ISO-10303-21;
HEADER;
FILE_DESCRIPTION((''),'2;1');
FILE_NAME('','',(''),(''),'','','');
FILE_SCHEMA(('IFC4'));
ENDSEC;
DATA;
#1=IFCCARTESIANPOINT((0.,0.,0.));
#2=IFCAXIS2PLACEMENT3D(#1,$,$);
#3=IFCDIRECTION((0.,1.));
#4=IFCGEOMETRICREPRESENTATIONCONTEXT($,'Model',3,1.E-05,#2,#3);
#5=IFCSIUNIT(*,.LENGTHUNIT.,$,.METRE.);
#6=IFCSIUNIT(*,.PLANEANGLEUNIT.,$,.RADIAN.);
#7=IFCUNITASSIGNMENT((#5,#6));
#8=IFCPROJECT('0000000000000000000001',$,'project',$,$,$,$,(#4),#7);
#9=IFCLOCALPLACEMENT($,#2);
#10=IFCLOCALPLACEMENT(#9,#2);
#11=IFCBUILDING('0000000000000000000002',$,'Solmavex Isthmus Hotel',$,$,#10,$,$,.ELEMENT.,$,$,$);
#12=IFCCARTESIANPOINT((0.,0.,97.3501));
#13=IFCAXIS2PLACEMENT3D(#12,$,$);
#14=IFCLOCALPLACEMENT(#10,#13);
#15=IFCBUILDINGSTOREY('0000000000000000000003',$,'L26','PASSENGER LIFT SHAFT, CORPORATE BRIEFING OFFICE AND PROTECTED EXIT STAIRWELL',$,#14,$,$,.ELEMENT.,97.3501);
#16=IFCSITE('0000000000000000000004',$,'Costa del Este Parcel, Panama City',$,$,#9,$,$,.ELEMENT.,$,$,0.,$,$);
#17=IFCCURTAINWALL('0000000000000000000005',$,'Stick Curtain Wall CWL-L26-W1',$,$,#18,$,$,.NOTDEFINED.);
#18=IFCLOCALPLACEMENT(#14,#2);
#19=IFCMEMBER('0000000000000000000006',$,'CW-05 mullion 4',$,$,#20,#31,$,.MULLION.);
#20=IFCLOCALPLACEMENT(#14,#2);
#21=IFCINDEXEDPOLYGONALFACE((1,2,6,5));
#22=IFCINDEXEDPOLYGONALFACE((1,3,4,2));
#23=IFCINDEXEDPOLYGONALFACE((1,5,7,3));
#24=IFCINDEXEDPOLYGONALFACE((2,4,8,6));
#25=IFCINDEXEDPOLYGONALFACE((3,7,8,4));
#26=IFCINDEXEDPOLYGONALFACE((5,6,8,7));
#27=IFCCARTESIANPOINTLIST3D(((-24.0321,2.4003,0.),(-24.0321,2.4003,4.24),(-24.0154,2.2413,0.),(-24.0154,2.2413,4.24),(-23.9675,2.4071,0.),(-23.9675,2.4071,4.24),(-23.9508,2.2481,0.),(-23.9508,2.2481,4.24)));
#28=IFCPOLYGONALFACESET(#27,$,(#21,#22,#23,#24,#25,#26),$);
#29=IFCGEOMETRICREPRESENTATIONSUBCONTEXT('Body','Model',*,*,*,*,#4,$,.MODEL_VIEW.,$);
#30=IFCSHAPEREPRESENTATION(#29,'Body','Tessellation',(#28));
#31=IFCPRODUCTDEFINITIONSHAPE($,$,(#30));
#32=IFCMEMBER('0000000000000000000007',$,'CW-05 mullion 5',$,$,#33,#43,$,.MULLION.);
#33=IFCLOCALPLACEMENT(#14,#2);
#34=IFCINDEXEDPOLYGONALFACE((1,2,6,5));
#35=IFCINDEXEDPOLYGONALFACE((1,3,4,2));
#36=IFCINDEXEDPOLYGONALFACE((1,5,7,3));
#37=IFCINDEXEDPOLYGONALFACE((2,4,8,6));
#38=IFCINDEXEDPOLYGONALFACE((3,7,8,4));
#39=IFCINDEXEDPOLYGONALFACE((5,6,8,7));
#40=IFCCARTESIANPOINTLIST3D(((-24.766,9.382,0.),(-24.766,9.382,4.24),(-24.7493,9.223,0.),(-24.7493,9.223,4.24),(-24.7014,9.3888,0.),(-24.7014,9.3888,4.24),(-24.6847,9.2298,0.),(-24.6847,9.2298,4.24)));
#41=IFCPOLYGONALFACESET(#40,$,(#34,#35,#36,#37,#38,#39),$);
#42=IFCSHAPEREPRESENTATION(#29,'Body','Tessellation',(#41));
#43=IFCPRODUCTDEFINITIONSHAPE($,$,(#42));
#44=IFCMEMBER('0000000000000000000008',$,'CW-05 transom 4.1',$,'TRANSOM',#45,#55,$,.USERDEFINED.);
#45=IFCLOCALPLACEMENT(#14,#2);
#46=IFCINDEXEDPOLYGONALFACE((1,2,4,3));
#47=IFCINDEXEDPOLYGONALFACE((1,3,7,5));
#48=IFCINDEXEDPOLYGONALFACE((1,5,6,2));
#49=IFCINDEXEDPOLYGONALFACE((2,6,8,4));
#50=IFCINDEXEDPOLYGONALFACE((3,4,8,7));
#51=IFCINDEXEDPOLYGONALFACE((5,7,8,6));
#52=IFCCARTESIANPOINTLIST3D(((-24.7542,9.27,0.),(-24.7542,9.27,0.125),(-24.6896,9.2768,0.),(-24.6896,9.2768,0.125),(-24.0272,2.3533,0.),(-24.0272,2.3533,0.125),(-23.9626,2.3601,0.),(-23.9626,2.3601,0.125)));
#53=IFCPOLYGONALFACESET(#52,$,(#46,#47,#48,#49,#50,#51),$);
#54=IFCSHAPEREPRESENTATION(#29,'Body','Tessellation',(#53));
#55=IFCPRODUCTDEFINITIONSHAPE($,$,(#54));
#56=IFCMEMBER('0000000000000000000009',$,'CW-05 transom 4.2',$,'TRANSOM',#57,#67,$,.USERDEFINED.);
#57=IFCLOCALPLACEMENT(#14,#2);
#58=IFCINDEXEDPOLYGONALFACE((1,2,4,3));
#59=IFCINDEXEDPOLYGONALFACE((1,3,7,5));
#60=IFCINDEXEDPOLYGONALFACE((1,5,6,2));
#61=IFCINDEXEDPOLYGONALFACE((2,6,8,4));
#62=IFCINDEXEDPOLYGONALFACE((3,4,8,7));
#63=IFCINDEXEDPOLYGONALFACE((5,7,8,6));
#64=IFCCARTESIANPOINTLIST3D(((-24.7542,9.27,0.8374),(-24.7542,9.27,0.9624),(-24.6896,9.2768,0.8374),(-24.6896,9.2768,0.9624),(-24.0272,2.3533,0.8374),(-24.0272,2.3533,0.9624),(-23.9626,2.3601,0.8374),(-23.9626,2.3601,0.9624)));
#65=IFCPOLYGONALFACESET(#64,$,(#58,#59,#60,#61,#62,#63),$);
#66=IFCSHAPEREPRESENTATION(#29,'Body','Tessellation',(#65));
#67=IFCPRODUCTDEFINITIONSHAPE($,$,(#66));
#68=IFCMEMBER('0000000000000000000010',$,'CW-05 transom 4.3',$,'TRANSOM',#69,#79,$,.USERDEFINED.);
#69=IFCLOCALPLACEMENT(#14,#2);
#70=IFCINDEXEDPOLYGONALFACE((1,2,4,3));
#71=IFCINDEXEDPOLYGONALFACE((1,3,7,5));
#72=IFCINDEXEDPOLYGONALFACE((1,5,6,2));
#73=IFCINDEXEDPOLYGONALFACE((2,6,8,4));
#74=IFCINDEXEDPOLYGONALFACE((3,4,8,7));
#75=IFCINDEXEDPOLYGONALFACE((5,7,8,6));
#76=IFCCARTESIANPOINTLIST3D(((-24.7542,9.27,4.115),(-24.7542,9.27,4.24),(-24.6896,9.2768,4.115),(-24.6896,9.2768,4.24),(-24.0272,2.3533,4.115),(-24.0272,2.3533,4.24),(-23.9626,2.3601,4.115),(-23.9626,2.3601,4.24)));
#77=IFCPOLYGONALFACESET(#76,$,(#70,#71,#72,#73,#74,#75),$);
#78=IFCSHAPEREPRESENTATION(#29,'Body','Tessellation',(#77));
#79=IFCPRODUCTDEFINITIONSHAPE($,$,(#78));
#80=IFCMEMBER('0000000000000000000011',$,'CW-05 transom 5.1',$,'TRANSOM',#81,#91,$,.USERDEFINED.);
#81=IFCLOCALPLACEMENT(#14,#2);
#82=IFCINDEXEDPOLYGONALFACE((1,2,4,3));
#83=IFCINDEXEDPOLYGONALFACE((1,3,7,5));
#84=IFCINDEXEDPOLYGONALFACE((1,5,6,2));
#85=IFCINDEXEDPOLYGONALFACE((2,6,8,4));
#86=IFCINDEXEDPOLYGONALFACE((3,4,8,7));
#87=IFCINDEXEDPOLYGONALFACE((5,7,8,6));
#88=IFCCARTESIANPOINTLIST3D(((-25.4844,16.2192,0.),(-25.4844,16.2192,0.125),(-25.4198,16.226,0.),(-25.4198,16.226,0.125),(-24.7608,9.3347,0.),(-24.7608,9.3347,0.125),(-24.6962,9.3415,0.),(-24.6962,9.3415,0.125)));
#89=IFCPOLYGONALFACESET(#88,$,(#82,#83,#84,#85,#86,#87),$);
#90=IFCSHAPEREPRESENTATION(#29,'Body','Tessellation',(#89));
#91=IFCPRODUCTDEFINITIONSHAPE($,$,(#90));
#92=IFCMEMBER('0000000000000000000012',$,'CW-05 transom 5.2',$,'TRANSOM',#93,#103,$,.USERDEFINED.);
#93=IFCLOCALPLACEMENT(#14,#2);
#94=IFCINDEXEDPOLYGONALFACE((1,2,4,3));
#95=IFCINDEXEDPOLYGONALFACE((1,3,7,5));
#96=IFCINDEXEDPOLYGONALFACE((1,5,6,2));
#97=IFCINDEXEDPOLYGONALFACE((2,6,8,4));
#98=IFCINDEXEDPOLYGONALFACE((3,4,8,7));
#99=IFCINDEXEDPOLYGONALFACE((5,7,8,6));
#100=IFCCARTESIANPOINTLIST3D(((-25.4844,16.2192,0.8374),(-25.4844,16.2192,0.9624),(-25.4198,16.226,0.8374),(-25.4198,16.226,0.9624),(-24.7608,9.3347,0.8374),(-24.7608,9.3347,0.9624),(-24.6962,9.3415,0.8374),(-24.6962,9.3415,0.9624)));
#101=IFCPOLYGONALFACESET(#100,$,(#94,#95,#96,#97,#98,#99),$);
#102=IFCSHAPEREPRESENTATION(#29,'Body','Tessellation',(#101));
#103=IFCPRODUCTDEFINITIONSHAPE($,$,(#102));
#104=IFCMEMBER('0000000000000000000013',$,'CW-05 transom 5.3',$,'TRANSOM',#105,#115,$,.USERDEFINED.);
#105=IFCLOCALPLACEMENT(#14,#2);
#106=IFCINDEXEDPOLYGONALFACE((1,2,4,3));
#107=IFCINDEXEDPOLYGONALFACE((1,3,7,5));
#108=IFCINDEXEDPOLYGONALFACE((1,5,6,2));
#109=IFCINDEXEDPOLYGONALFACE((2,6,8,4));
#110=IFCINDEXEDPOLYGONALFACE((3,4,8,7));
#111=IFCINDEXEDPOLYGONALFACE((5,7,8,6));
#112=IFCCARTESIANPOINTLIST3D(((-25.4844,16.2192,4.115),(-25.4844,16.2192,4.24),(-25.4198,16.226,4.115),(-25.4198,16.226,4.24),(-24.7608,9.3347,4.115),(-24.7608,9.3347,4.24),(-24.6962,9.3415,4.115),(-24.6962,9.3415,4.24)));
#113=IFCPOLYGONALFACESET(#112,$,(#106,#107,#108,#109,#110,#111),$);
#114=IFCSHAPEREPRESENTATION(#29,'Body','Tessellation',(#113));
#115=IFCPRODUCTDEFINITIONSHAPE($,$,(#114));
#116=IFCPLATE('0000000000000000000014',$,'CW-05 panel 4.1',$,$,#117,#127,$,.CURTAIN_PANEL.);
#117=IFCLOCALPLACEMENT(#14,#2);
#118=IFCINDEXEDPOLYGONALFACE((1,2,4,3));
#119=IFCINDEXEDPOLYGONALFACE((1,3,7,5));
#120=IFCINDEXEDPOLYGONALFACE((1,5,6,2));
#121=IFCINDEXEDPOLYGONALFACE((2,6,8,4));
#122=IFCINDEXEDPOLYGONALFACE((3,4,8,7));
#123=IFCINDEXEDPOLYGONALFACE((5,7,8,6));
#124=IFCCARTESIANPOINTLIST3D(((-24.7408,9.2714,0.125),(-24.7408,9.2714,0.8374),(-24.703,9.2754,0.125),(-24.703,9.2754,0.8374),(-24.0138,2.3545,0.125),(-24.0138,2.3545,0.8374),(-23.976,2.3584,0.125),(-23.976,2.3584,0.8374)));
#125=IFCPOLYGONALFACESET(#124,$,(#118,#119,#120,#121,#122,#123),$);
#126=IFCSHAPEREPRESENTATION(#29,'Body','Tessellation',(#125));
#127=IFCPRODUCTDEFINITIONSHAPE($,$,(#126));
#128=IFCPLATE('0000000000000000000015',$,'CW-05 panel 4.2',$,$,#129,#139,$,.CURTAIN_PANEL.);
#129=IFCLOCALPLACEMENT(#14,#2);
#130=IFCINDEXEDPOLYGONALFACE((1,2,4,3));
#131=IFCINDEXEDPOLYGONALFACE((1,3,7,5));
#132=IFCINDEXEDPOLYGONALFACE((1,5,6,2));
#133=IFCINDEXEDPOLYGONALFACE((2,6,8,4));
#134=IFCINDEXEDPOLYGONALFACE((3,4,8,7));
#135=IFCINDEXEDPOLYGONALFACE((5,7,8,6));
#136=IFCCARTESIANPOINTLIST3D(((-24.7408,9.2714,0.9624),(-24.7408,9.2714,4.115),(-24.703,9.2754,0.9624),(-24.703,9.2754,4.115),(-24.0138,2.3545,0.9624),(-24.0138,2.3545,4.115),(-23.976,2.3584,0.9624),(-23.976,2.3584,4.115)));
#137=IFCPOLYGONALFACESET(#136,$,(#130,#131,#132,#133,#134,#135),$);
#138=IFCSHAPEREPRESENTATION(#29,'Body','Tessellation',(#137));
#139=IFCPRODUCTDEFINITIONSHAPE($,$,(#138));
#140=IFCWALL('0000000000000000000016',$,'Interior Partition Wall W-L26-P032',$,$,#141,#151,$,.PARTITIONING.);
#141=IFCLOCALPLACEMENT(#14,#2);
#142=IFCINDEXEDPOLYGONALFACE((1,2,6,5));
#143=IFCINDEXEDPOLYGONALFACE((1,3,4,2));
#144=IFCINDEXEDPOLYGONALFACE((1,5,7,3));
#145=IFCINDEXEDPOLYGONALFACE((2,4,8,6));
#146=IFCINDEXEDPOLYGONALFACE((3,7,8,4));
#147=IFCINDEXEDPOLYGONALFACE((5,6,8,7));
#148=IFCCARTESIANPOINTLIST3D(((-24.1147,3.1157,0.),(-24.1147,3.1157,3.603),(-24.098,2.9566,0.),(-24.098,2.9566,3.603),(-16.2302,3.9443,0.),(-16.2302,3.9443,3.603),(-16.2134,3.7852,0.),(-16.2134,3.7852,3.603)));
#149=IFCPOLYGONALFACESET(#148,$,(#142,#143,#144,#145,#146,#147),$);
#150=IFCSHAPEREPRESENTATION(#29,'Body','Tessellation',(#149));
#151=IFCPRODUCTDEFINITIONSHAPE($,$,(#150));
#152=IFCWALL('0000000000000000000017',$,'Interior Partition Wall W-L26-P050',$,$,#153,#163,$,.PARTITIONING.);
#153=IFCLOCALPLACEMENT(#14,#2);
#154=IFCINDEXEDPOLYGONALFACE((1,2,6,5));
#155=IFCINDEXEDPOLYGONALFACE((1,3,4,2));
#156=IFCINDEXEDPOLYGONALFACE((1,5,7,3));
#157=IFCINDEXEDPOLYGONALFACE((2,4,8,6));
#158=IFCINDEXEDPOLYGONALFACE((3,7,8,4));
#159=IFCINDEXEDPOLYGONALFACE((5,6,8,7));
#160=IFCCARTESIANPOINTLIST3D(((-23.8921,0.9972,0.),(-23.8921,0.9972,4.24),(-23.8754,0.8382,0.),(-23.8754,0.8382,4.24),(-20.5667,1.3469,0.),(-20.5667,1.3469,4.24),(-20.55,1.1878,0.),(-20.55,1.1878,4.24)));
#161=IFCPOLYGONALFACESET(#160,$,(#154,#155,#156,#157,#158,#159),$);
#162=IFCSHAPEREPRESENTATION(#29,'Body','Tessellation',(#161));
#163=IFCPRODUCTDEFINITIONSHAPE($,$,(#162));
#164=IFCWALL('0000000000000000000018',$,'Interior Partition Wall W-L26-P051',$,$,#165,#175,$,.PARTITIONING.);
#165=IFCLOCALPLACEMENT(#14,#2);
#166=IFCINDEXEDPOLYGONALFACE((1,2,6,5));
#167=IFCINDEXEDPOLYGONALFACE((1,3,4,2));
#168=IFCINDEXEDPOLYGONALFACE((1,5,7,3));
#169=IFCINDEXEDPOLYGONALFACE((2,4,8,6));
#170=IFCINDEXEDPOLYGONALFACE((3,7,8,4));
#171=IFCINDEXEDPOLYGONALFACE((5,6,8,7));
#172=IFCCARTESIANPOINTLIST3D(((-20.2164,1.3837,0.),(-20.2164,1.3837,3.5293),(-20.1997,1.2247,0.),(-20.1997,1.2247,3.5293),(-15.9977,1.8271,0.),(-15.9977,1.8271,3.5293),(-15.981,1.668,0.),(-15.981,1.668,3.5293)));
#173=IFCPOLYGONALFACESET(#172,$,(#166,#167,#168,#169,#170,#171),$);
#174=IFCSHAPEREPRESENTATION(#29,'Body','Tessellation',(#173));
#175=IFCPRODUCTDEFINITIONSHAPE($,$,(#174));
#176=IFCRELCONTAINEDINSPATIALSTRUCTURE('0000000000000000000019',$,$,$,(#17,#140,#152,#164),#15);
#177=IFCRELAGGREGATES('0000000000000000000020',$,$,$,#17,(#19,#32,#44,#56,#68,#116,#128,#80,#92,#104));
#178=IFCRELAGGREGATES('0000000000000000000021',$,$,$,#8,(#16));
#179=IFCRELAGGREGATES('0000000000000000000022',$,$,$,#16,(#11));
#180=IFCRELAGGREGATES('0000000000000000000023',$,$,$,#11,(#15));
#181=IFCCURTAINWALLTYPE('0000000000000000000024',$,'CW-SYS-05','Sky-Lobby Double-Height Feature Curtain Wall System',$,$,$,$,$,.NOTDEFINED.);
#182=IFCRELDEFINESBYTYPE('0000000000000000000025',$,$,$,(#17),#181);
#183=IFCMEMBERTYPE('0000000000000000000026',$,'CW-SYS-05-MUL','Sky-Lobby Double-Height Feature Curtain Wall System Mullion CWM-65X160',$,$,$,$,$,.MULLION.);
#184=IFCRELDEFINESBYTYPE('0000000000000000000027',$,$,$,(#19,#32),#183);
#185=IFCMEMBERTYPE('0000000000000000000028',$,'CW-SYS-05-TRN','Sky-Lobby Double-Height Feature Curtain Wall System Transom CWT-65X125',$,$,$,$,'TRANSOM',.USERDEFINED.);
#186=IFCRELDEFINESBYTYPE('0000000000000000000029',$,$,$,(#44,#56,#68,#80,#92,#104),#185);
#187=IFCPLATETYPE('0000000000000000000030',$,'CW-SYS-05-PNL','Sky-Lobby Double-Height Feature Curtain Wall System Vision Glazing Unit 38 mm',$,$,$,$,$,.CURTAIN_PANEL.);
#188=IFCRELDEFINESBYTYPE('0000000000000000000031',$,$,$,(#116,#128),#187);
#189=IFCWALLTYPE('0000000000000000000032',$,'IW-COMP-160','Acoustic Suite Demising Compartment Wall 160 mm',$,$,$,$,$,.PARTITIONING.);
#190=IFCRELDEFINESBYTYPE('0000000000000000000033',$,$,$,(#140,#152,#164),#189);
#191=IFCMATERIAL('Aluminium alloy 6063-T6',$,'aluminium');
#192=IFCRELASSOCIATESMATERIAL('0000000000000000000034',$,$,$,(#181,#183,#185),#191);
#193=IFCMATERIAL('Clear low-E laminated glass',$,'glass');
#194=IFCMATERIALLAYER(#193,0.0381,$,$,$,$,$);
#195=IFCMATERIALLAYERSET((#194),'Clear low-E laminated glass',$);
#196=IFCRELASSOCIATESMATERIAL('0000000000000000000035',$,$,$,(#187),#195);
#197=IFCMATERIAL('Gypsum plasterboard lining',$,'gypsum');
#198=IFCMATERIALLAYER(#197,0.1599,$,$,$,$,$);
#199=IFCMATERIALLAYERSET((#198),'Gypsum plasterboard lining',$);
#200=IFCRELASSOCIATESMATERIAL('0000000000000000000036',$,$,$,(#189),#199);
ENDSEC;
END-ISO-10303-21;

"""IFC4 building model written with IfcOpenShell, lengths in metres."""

from ifc_helpers import new_model, si_unit, direction, frame, frame_2d, origin, origin_2d, place, context, subcontext, project, spatial, rectangle, extrude, material, layer, layer_set, material_profile, profile_set, type_object, element, aggregate, save


model = new_model("IFC4")

# Units and contexts
model_context = context("Model", 3, precision=1e-05, world=origin(), true_north=direction((0.0, 1.0)))
body_context = subcontext(model_context, "Body", "Model", "MODEL_VIEW")
ifc_project = project(units=[si_unit("LENGTHUNIT", "METRE"), si_unit("PLANEANGLEUNIT", "RADIAN")], contexts=[model_context])

# Site, building, storey
site_placement = place(None, origin())
site = spatial("IfcSite", under=ifc_project, at=site_placement, Name="Costa del Este Parcel, Panama City", CompositionType="ELEMENT", RefElevation=0.0)
building_placement = place(site_placement, origin())
building = spatial("IfcBuilding", under=site, at=building_placement, Name="Solmavex Isthmus Hotel", CompositionType="ELEMENT")
storey_placement = place(building_placement, frame((0.0, 0.0, 97.3501)))
storey = spatial("IfcBuildingStorey", under=building, at=storey_placement, Name="L26", Description="PASSENGER LIFT SHAFT, CORPORATE BRIEFING OFFICE AND PROTECTED EXIT STAIRWELL", CompositionType="ELEMENT", Elevation=97.3501)

# Curtain wall, members, plates
ifc_material_1 = material(Name="Aluminium alloy 6063-T6", Category="aluminium")
curtain_wall_type = type_object("IfcCurtainWallType", Name="CW-SYS-05", Description="Sky-Lobby Double-Height Feature Curtain Wall System", PredefinedType="NOTDEFINED", material=ifc_material_1)
curtain_wall_placement = place(storey_placement, origin())
curtain_wall = element("IfcCurtainWall", 1, at=curtain_wall_placement, inside=storey, type_object=curtain_wall_type, Name="Stick Curtain Wall CWL-L26-W1", PredefinedType="NOTDEFINED")
ifc_material_profile_1 = material_profile(ifc_material_1, rectangle(XDim=0.0649, YDim=0.1599, at=origin_2d()), Name="CWM-65X160")
ifc_profile_set_1 = profile_set([ifc_material_profile_1], Name="Aluminium alloy 6063-T6")
member_type_1 = type_object("IfcMemberType", Name="CW-SYS-05-MUL", Description="Sky-Lobby Double-Height Feature Curtain Wall System Mullion CWM-65X160", PredefinedType="MULLION", material=ifc_profile_set_1)
member_1_placement = place(storey_placement, frame((-23.9915, 2.3242, 0.0), z_axis=(0.0, 0.0, 1.0), x_axis=(-0.994522, -0.104528, 0.0)))
member_1 = element("IfcMember", 2, at=member_1_placement, type_object=member_type_1, Name="CW-05 mullion 4", PredefinedType="MULLION", context=body_context, shape_type="SweptSolid", body=[
    extrude(rectangle(XDim=0.0649, YDim=0.1599, at=origin_2d()), origin(), (0.0, 0.0, 1.0), 4.24),
])
member_2_placement = place(storey_placement, frame((-24.7253, 9.3059, 0.0), z_axis=(0.0, 0.0, 1.0), x_axis=(-0.994522, -0.104528, 0.0)))
member_2 = element("IfcMember", 3, at=member_2_placement, type_object=member_type_1, Name="CW-05 mullion 5", PredefinedType="MULLION", context=body_context, shape_type="SweptSolid", body=[
    extrude(rectangle(XDim=0.0649, YDim=0.1599, at=origin_2d()), origin(), (0.0, 0.0, 1.0), 4.24),
])
ifc_material_profile_2 = material_profile(ifc_material_1, rectangle(XDim=0.0649, YDim=0.125, at=origin_2d()), Name="CWT-65X125")
ifc_profile_set_2 = profile_set([ifc_material_profile_2], Name="Aluminium alloy 6063-T6")
member_type_2 = type_object("IfcMemberType", Name="CW-SYS-05-TRN", Description="Sky-Lobby Double-Height Feature Curtain Wall System Transom CWT-65X125", ElementType="TRANSOM", PredefinedType="USERDEFINED", material=ifc_profile_set_2)
member_3_placement = place(storey_placement, frame((-23.9949, 2.3567, 0.0625), z_axis=(-0.104539, 0.994521, 0.0), x_axis=(-0.994521, -0.104539, 0.0)))
member_3 = element("IfcMember", 4, at=member_3_placement, type_object=member_type_2, Name="CW-05 transom 4.1", ObjectType="TRANSOM", PredefinedType="USERDEFINED", context=body_context, shape_type="SweptSolid", body=[
    extrude(rectangle(XDim=0.0649, YDim=0.125, at=origin_2d()), origin(), (0.0, 0.0, 1.0), 6.9548),
])
member_4_placement = place(storey_placement, frame((-23.9949, 2.3567, 0.8999), z_axis=(-0.104539, 0.994521, 0.0), x_axis=(-0.994521, -0.104539, 0.0)))
member_4 = element("IfcMember", 5, at=member_4_placement, type_object=member_type_2, Name="CW-05 transom 4.2", ObjectType="TRANSOM", PredefinedType="USERDEFINED", context=body_context, shape_type="SweptSolid", body=[
    extrude(rectangle(XDim=0.0649, YDim=0.125, at=origin_2d()), origin(), (0.0, 0.0, 1.0), 6.9548),
])
member_5_placement = place(storey_placement, frame((-23.9949, 2.3567, 4.1775), z_axis=(-0.104539, 0.994521, 0.0), x_axis=(-0.994521, -0.104539, 0.0)))
member_5 = element("IfcMember", 6, at=member_5_placement, type_object=member_type_2, Name="CW-05 transom 4.3", ObjectType="TRANSOM", PredefinedType="USERDEFINED", context=body_context, shape_type="SweptSolid", body=[
    extrude(rectangle(XDim=0.0649, YDim=0.125, at=origin_2d()), origin(), (0.0, 0.0, 1.0), 6.9548),
])
member_6_placement = place(storey_placement, frame((-24.7285, 9.3381, 0.0625), z_axis=(-0.104534, 0.994521, 0.0), x_axis=(-0.994521, -0.104534, 0.0)))
member_6 = element("IfcMember", 7, at=member_6_placement, type_object=member_type_2, Name="CW-05 transom 5.1", ObjectType="TRANSOM", PredefinedType="USERDEFINED", context=body_context, shape_type="SweptSolid", body=[
    extrude(rectangle(XDim=0.0649, YDim=0.125, at=origin_2d()), origin(), (0.0, 0.0, 1.0), 6.9224),
])
member_7_placement = place(storey_placement, frame((-24.7285, 9.3381, 0.8999), z_axis=(-0.104534, 0.994521, 0.0), x_axis=(-0.994521, -0.104534, 0.0)))
member_7 = element("IfcMember", 8, at=member_7_placement, type_object=member_type_2, Name="CW-05 transom 5.2", ObjectType="TRANSOM", PredefinedType="USERDEFINED", context=body_context, shape_type="SweptSolid", body=[
    extrude(rectangle(XDim=0.0649, YDim=0.125, at=origin_2d()), origin(), (0.0, 0.0, 1.0), 6.9224),
])
member_8_placement = place(storey_placement, frame((-24.7285, 9.3381, 4.1775), z_axis=(-0.104534, 0.994521, 0.0), x_axis=(-0.994521, -0.104534, 0.0)))
member_8 = element("IfcMember", 9, at=member_8_placement, type_object=member_type_2, Name="CW-05 transom 5.3", ObjectType="TRANSOM", PredefinedType="USERDEFINED", context=body_context, shape_type="SweptSolid", body=[
    extrude(rectangle(XDim=0.0649, YDim=0.125, at=origin_2d()), origin(), (0.0, 0.0, 1.0), 6.9224),
])
ifc_material_2 = material(Name="Clear low-E laminated glass", Category="glass")
ifc_layer_1 = layer(ifc_material_2, 0.0381)
ifc_layer_set_1 = layer_set([ifc_layer_1], Name="Clear low-E laminated glass")
plate_type = type_object("IfcPlateType", Name="CW-SYS-05-PNL", Description="Sky-Lobby Double-Height Feature Curtain Wall System Vision Glazing Unit 38 mm", PredefinedType="CURTAIN_PANEL", material=ifc_layer_set_1)
plate_1_placement = place(storey_placement, frame((-24.3584, 5.8149, 0.125), z_axis=(0.0, 0.0, 1.0), x_axis=(-0.104528, 0.994522, 0.0)))
plate_1 = element("IfcPlate", 10, at=plate_1_placement, type_object=plate_type, Name="CW-05 panel 4.1", PredefinedType="CURTAIN_PANEL", context=body_context, shape_type="SweptSolid", body=[
    extrude(rectangle(XDim=6.9551, YDim=0.0381, at=origin_2d()), origin(), (0.0, 0.0, 1.0), 0.7124),
])
plate_2_placement = place(storey_placement, frame((-24.3584, 5.8149, 0.9624), z_axis=(0.0, 0.0, 1.0), x_axis=(-0.104528, 0.994522, 0.0)))
plate_2 = element("IfcPlate", 11, at=plate_2_placement, type_object=plate_type, Name="CW-05 panel 4.2", PredefinedType="CURTAIN_PANEL", context=body_context, shape_type="SweptSolid", body=[
    extrude(rectangle(XDim=6.9551, YDim=0.0381, at=origin_2d()), origin(), (0.0, 0.0, 1.0), 3.1526),
])
aggregate(curtain_wall, [member_1, member_2, member_3, member_4, member_5, plate_1, plate_2, member_6, member_7, member_8])

# Walls
ifc_material_3 = material(Name="Gypsum plasterboard lining", Category="gypsum")
ifc_layer_2 = layer(ifc_material_3, 0.1599)
ifc_layer_set_2 = layer_set([ifc_layer_2], Name="Gypsum plasterboard lining")
wall_type_1 = type_object("IfcWallType", Name="IW-COMP-160", Description="Acoustic Suite Demising Compartment Wall 160 mm", PredefinedType="PARTITIONING", material=ifc_layer_set_2)
wall_1_placement = place(storey_placement, frame((-16.2219, 3.8647, 0.0), z_axis=(0.0, 0.0, 1.0), x_axis=(-0.994523, -0.104518, 0.0)))
element("IfcWall", 12, at=wall_1_placement, inside=storey, type_object=wall_type_1, Name="Interior Partition Wall W-L26-P032", PredefinedType="PARTITIONING", context=body_context, shape_type="SweptSolid", body=[
    extrude(rectangle(XDim=7.928, YDim=0.1599, at=frame_2d((3.9639, 0.0))), origin(), (0.0, 0.0, 1.0), 3.603),
])
wall_2_placement = place(storey_placement, frame((-20.5583, 1.2673, 0.0), z_axis=(0.0, 0.0, 1.0), x_axis=(-0.994519, -0.104556, 0.0)))
element("IfcWall", 13, at=wall_2_placement, inside=storey, type_object=wall_type_1, Name="Interior Partition Wall W-L26-P050", PredefinedType="PARTITIONING", context=body_context, shape_type="SweptSolid", body=[
    extrude(rectangle(XDim=3.3438, YDim=0.1599, at=frame_2d((1.6719, 0.0))), origin(), (0.0, 0.0, 1.0), 4.24),
])
wall_3_placement = place(storey_placement, frame((-15.9893, 1.7476, 0.0), z_axis=(0.0, 0.0, 1.0), x_axis=(-0.994523, -0.104517, 0.0)))
element("IfcWall", 14, at=wall_3_placement, inside=storey, type_object=wall_type_1, Name="Interior Partition Wall W-L26-P051", PredefinedType="PARTITIONING", context=body_context, shape_type="SweptSolid", body=[
    extrude(rectangle(XDim=4.2419, YDim=0.1599, at=frame_2d((2.1211, 0.0))), origin(), (0.0, 0.0, 1.0), 3.5293),
])

save(model, "model.ifc")
